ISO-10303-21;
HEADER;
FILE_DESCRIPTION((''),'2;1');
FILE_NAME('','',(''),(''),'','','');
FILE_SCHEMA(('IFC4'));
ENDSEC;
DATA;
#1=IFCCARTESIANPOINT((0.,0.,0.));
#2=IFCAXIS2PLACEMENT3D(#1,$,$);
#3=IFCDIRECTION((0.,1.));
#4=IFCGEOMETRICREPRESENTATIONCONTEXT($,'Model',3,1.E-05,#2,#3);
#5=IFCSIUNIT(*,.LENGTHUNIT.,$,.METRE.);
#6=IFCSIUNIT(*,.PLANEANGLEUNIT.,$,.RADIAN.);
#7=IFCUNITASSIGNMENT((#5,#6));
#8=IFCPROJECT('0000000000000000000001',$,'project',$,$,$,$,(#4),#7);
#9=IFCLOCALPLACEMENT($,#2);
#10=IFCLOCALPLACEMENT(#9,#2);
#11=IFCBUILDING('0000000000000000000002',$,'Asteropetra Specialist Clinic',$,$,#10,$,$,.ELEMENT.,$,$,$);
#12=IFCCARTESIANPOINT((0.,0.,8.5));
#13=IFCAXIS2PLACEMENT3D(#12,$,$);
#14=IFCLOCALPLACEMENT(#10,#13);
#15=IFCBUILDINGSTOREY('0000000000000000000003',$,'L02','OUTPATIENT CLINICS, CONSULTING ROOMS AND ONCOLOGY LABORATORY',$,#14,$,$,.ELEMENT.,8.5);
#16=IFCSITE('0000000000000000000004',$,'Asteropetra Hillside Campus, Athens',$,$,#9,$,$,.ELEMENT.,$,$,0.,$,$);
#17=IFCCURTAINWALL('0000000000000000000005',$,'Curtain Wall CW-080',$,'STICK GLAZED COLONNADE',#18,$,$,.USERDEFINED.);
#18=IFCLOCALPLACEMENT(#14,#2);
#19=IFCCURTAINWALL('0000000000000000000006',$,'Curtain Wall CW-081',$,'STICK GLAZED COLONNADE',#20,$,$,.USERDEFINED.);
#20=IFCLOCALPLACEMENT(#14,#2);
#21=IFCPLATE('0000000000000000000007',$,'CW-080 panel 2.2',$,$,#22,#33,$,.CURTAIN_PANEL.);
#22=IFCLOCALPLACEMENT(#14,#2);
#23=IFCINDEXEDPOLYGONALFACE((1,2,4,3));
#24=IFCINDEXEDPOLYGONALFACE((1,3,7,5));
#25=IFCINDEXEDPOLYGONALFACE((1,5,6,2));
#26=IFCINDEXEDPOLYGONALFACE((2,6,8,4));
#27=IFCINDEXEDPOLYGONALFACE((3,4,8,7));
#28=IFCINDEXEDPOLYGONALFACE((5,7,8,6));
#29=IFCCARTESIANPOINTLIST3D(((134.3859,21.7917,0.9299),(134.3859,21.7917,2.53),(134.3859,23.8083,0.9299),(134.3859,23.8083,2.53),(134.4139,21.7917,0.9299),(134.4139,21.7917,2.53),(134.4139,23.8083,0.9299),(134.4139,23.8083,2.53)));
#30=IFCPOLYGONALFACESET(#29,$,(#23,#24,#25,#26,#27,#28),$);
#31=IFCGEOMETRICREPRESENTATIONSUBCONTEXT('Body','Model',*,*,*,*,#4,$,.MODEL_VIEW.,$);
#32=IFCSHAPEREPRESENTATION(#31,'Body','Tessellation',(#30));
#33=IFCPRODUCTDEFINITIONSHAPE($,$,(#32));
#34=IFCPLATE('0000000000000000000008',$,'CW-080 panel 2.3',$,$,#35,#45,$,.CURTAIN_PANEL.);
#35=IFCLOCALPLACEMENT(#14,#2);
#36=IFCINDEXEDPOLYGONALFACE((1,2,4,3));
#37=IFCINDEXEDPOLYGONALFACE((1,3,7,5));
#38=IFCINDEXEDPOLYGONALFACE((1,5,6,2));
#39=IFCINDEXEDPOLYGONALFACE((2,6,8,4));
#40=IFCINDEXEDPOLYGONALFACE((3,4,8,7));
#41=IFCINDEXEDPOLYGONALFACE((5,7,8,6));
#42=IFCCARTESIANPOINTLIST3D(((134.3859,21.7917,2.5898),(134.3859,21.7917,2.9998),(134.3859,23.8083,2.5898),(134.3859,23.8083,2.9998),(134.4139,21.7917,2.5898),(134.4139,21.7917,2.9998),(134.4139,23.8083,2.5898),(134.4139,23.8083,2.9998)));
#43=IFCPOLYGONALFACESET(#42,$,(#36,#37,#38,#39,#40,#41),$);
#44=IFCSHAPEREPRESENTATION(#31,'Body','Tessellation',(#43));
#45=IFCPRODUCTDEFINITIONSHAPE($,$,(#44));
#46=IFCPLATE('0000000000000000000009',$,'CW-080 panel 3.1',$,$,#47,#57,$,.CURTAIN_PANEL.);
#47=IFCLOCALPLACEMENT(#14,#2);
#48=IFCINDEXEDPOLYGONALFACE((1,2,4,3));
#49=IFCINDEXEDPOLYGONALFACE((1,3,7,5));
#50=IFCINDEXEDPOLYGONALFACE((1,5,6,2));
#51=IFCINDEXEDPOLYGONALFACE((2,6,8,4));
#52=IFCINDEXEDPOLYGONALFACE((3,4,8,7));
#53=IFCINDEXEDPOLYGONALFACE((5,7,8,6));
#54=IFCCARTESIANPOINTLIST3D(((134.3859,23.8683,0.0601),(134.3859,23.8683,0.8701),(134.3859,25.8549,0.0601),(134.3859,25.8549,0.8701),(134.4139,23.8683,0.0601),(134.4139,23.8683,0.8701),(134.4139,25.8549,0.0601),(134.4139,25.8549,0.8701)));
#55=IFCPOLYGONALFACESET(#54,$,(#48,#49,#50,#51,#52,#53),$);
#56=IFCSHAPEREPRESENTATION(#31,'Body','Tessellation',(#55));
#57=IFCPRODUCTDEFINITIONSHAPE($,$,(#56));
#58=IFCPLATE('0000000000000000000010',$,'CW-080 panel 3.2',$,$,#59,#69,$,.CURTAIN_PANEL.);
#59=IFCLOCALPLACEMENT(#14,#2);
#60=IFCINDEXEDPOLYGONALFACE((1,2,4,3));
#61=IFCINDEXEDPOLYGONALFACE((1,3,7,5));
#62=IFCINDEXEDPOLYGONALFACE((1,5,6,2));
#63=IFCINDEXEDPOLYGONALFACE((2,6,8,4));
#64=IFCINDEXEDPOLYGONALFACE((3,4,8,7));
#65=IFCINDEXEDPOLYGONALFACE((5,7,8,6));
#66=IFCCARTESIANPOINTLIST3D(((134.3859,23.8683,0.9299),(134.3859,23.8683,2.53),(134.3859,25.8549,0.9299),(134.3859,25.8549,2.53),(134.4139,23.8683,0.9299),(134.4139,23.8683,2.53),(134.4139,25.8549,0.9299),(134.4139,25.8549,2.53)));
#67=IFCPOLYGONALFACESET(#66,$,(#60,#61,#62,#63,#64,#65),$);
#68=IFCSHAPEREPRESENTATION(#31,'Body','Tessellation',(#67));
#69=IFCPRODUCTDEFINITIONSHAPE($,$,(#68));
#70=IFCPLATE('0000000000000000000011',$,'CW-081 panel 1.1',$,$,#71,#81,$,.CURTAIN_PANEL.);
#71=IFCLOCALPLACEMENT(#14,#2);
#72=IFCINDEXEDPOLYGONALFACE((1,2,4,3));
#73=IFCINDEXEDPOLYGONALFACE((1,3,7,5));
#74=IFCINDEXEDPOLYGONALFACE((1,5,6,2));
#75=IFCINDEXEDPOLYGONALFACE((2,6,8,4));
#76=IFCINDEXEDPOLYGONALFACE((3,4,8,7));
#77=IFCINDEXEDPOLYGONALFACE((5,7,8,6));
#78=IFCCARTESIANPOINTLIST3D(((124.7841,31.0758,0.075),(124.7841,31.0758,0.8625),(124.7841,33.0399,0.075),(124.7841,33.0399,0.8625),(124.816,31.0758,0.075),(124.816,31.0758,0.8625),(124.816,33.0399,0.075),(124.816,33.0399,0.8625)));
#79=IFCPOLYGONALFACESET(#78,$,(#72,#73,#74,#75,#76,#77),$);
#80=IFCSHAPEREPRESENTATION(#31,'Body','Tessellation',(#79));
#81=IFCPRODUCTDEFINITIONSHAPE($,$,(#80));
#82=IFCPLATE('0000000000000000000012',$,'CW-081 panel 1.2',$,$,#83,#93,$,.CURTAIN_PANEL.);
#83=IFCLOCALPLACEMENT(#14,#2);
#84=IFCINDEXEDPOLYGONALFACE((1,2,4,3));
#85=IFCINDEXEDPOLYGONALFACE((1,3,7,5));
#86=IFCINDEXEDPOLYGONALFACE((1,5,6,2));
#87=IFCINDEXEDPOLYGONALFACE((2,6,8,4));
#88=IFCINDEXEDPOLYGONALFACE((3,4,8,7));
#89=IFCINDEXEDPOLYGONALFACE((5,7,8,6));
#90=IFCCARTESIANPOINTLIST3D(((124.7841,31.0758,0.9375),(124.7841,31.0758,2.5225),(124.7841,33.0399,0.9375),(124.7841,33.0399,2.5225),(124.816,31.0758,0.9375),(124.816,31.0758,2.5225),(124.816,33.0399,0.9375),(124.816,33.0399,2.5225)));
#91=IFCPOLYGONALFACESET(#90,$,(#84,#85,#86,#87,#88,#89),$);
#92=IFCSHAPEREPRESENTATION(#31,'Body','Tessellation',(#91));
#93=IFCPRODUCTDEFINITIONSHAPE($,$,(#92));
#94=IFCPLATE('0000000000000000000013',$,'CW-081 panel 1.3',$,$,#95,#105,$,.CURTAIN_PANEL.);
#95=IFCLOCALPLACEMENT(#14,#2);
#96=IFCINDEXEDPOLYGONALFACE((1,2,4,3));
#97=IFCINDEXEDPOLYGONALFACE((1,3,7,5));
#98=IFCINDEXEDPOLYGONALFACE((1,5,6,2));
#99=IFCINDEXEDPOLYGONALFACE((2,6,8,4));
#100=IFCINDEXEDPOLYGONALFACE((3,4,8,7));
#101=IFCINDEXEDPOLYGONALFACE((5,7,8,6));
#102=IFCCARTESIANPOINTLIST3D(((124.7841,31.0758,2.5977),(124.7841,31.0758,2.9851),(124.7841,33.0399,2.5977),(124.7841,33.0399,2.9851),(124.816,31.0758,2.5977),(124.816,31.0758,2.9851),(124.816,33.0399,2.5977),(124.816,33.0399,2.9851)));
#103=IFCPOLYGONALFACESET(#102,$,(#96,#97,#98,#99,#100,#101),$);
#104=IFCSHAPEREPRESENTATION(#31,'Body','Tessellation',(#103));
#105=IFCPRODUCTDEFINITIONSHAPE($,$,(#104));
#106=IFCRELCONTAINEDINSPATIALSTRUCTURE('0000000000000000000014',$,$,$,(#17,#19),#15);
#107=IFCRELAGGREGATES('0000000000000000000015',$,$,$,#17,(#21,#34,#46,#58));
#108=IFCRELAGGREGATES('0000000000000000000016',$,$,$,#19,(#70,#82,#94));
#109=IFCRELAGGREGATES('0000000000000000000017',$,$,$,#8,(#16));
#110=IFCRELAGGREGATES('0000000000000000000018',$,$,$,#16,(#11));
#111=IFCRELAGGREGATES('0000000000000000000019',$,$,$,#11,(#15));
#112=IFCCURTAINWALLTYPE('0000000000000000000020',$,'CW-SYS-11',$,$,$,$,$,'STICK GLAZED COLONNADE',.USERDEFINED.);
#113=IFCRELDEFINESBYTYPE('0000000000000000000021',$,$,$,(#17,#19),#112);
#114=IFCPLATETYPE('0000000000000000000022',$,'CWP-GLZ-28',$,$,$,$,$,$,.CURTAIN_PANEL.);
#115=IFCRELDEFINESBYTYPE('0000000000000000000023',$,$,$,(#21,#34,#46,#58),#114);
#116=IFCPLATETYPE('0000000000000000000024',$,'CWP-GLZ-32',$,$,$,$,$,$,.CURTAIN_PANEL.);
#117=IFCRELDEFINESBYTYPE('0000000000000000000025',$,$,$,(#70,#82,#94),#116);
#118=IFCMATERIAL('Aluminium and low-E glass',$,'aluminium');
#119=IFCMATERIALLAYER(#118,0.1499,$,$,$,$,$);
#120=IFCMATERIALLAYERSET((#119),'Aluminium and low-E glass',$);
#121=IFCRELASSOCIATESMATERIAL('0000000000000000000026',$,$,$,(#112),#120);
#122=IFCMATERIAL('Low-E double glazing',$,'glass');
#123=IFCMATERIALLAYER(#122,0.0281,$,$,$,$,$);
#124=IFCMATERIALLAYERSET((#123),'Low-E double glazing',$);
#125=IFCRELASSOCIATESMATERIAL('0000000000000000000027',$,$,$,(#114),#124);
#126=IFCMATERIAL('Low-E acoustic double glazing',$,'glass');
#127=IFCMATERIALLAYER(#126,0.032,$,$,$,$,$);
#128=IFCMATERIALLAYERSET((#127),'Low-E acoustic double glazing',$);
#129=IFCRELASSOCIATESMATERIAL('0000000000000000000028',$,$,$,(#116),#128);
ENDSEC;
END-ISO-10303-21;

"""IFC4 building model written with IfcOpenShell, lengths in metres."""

from ifc_helpers import new_model, si_unit, direction, frame, origin, origin_2d, place, context, subcontext, project, spatial, rectangle, extrude, material, layer, layer_set, type_object, element, aggregate, save


model = new_model("IFC4")

# Units and contexts
model_context = context("Model", 3, precision=1e-05, world=origin(), true_north=direction((0.0, 1.0)))
body_context = subcontext(model_context, "Body", "Model", "MODEL_VIEW")
ifc_project = project(units=[si_unit("LENGTHUNIT", "METRE"), si_unit("PLANEANGLEUNIT", "RADIAN")], contexts=[model_context])

# Site, building, storey
site_placement = place(None, origin())
site = spatial("IfcSite", under=ifc_project, at=site_placement, Name="Asteropetra Hillside Campus, Athens", CompositionType="ELEMENT", RefElevation=0.0)
building_placement = place(site_placement, origin())
building = spatial("IfcBuilding", under=site, at=building_placement, Name="Asteropetra Specialist Clinic", CompositionType="ELEMENT")
storey_placement = place(building_placement, frame((0.0, 0.0, 8.5)))
storey = spatial("IfcBuildingStorey", under=building, at=storey_placement, Name="L02", Description="OUTPATIENT CLINICS, CONSULTING ROOMS AND ONCOLOGY LABORATORY", CompositionType="ELEMENT", Elevation=8.5)

# Curtain wall
ifc_material_1 = material(Name="Aluminium and low-E glass", Category="aluminium")
ifc_layer_1 = layer(ifc_material_1, 0.1499)
ifc_layer_set_1 = layer_set([ifc_layer_1], Name="Aluminium and low-E glass")
curtain_wall_type = type_object("IfcCurtainWallType", Name="CW-SYS-11", ElementType="STICK GLAZED COLONNADE", PredefinedType="USERDEFINED", material=ifc_layer_set_1)
curtain_wall_1_placement = place(storey_placement, origin())
curtain_wall_1 = element("IfcCurtainWall", 1, at=curtain_wall_1_placement, inside=storey, type_object=curtain_wall_type, Name="Curtain Wall CW-080", ObjectType="STICK GLAZED COLONNADE", PredefinedType="USERDEFINED")

# Curtain wall
curtain_wall_2_placement = place(storey_placement, origin())
curtain_wall_2 = element("IfcCurtainWall", 2, at=curtain_wall_2_placement, inside=storey, type_object=curtain_wall_type, Name="Curtain Wall CW-081", ObjectType="STICK GLAZED COLONNADE", PredefinedType="USERDEFINED")

# Plates
ifc_material_2 = material(Name="Low-E double glazing", Category="glass")
ifc_layer_2 = layer(ifc_material_2, 0.0281)
ifc_layer_set_2 = layer_set([ifc_layer_2], Name="Low-E double glazing")
plate_type_1 = type_object("IfcPlateType", Name="CWP-GLZ-28", PredefinedType="CURTAIN_PANEL", material=ifc_layer_set_2)
plate_1_placement = place(storey_placement, frame((134.3999, 22.8, 0.9299), z_axis=(0.0, 0.0, 1.0), x_axis=(0.0, 1.0, 0.0)))
plate_1 = element("IfcPlate", 3, at=plate_1_placement, type_object=plate_type_1, Name="CW-080 panel 2.2", PredefinedType="CURTAIN_PANEL", context=body_context, shape_type="SweptSolid", body=[
    extrude(rectangle(XDim=2.0166, YDim=0.0281, at=origin_2d()), origin(), (0.0, 0.0, 1.0), 1.6001),
])
plate_2_placement = place(storey_placement, frame((134.3999, 22.8, 2.5898), z_axis=(0.0, 0.0, 1.0), x_axis=(0.0, 1.0, 0.0)))
plate_2 = element("IfcPlate", 4, at=plate_2_placement, type_object=plate_type_1, Name="CW-080 panel 2.3", PredefinedType="CURTAIN_PANEL", context=body_context, shape_type="SweptSolid", body=[
    extrude(rectangle(XDim=2.0166, YDim=0.0281, at=origin_2d()), origin(), (0.0, 0.0, 1.0), 0.4099),
])
plate_3_placement = place(storey_placement, frame((134.3999, 24.8616, 0.0601), z_axis=(0.0, 0.0, 1.0), x_axis=(0.0, 1.0, 0.0)))
plate_3 = element("IfcPlate", 5, at=plate_3_placement, type_object=plate_type_1, Name="CW-080 panel 3.1", PredefinedType="CURTAIN_PANEL", context=body_context, shape_type="SweptSolid", body=[
    extrude(rectangle(XDim=1.9866, YDim=0.0281, at=origin_2d()), origin(), (0.0, 0.0, 1.0), 0.8101),
])
plate_4_placement = place(storey_placement, frame((134.3999, 24.8616, 0.9299), z_axis=(0.0, 0.0, 1.0), x_axis=(0.0, 1.0, 0.0)))
plate_4 = element("IfcPlate", 6, at=plate_4_placement, type_object=plate_type_1, Name="CW-080 panel 3.2", PredefinedType="CURTAIN_PANEL", context=body_context, shape_type="SweptSolid", body=[
    extrude(rectangle(XDim=1.9866, YDim=0.0281, at=origin_2d()), origin(), (0.0, 0.0, 1.0), 1.6001),
])
aggregate(curtain_wall_1, [plate_1, plate_2, plate_3, plate_4])
ifc_material_3 = material(Name="Low-E acoustic double glazing", Category="glass")
ifc_layer_3 = layer(ifc_material_3, 0.032)
ifc_layer_set_3 = layer_set([ifc_layer_3], Name="Low-E acoustic double glazing")
plate_type_2 = type_object("IfcPlateType", Name="CWP-GLZ-32", PredefinedType="CURTAIN_PANEL", material=ifc_layer_set_3)
plate_5_placement = place(storey_placement, frame((124.8, 32.0579, 0.075), z_axis=(0.0, 0.0, 1.0), x_axis=(0.0, -1.0, 0.0)))
plate_5 = element("IfcPlate", 7, at=plate_5_placement, type_object=plate_type_2, Name="CW-081 panel 1.1", PredefinedType="CURTAIN_PANEL", context=body_context, shape_type="SweptSolid", body=[
    extrude(rectangle(XDim=1.9641, YDim=0.032, at=origin_2d()), origin(), (0.0, 0.0, 1.0), 0.7876),
])
plate_6_placement = place(storey_placement, frame((124.8, 32.0579, 0.9375), z_axis=(0.0, 0.0, 1.0), x_axis=(0.0, -1.0, 0.0)))
plate_6 = element("IfcPlate", 8, at=plate_6_placement, type_object=plate_type_2, Name="CW-081 panel 1.2", PredefinedType="CURTAIN_PANEL", context=body_context, shape_type="SweptSolid", body=[
    extrude(rectangle(XDim=1.9641, YDim=0.032, at=origin_2d()), origin(), (0.0, 0.0, 1.0), 1.585),
])
plate_7_placement = place(storey_placement, frame((124.8, 32.0579, 2.5977), z_axis=(0.0, 0.0, 1.0), x_axis=(0.0, -1.0, 0.0)))
plate_7 = element("IfcPlate", 9, at=plate_7_placement, type_object=plate_type_2, Name="CW-081 panel 1.3", PredefinedType="CURTAIN_PANEL", context=body_context, shape_type="SweptSolid", body=[
    extrude(rectangle(XDim=1.9641, YDim=0.032, at=origin_2d()), origin(), (0.0, 0.0, 1.0), 0.3875),
])
aggregate(curtain_wall_2, [plate_5, plate_6, plate_7])

save(model, "model.ifc")
